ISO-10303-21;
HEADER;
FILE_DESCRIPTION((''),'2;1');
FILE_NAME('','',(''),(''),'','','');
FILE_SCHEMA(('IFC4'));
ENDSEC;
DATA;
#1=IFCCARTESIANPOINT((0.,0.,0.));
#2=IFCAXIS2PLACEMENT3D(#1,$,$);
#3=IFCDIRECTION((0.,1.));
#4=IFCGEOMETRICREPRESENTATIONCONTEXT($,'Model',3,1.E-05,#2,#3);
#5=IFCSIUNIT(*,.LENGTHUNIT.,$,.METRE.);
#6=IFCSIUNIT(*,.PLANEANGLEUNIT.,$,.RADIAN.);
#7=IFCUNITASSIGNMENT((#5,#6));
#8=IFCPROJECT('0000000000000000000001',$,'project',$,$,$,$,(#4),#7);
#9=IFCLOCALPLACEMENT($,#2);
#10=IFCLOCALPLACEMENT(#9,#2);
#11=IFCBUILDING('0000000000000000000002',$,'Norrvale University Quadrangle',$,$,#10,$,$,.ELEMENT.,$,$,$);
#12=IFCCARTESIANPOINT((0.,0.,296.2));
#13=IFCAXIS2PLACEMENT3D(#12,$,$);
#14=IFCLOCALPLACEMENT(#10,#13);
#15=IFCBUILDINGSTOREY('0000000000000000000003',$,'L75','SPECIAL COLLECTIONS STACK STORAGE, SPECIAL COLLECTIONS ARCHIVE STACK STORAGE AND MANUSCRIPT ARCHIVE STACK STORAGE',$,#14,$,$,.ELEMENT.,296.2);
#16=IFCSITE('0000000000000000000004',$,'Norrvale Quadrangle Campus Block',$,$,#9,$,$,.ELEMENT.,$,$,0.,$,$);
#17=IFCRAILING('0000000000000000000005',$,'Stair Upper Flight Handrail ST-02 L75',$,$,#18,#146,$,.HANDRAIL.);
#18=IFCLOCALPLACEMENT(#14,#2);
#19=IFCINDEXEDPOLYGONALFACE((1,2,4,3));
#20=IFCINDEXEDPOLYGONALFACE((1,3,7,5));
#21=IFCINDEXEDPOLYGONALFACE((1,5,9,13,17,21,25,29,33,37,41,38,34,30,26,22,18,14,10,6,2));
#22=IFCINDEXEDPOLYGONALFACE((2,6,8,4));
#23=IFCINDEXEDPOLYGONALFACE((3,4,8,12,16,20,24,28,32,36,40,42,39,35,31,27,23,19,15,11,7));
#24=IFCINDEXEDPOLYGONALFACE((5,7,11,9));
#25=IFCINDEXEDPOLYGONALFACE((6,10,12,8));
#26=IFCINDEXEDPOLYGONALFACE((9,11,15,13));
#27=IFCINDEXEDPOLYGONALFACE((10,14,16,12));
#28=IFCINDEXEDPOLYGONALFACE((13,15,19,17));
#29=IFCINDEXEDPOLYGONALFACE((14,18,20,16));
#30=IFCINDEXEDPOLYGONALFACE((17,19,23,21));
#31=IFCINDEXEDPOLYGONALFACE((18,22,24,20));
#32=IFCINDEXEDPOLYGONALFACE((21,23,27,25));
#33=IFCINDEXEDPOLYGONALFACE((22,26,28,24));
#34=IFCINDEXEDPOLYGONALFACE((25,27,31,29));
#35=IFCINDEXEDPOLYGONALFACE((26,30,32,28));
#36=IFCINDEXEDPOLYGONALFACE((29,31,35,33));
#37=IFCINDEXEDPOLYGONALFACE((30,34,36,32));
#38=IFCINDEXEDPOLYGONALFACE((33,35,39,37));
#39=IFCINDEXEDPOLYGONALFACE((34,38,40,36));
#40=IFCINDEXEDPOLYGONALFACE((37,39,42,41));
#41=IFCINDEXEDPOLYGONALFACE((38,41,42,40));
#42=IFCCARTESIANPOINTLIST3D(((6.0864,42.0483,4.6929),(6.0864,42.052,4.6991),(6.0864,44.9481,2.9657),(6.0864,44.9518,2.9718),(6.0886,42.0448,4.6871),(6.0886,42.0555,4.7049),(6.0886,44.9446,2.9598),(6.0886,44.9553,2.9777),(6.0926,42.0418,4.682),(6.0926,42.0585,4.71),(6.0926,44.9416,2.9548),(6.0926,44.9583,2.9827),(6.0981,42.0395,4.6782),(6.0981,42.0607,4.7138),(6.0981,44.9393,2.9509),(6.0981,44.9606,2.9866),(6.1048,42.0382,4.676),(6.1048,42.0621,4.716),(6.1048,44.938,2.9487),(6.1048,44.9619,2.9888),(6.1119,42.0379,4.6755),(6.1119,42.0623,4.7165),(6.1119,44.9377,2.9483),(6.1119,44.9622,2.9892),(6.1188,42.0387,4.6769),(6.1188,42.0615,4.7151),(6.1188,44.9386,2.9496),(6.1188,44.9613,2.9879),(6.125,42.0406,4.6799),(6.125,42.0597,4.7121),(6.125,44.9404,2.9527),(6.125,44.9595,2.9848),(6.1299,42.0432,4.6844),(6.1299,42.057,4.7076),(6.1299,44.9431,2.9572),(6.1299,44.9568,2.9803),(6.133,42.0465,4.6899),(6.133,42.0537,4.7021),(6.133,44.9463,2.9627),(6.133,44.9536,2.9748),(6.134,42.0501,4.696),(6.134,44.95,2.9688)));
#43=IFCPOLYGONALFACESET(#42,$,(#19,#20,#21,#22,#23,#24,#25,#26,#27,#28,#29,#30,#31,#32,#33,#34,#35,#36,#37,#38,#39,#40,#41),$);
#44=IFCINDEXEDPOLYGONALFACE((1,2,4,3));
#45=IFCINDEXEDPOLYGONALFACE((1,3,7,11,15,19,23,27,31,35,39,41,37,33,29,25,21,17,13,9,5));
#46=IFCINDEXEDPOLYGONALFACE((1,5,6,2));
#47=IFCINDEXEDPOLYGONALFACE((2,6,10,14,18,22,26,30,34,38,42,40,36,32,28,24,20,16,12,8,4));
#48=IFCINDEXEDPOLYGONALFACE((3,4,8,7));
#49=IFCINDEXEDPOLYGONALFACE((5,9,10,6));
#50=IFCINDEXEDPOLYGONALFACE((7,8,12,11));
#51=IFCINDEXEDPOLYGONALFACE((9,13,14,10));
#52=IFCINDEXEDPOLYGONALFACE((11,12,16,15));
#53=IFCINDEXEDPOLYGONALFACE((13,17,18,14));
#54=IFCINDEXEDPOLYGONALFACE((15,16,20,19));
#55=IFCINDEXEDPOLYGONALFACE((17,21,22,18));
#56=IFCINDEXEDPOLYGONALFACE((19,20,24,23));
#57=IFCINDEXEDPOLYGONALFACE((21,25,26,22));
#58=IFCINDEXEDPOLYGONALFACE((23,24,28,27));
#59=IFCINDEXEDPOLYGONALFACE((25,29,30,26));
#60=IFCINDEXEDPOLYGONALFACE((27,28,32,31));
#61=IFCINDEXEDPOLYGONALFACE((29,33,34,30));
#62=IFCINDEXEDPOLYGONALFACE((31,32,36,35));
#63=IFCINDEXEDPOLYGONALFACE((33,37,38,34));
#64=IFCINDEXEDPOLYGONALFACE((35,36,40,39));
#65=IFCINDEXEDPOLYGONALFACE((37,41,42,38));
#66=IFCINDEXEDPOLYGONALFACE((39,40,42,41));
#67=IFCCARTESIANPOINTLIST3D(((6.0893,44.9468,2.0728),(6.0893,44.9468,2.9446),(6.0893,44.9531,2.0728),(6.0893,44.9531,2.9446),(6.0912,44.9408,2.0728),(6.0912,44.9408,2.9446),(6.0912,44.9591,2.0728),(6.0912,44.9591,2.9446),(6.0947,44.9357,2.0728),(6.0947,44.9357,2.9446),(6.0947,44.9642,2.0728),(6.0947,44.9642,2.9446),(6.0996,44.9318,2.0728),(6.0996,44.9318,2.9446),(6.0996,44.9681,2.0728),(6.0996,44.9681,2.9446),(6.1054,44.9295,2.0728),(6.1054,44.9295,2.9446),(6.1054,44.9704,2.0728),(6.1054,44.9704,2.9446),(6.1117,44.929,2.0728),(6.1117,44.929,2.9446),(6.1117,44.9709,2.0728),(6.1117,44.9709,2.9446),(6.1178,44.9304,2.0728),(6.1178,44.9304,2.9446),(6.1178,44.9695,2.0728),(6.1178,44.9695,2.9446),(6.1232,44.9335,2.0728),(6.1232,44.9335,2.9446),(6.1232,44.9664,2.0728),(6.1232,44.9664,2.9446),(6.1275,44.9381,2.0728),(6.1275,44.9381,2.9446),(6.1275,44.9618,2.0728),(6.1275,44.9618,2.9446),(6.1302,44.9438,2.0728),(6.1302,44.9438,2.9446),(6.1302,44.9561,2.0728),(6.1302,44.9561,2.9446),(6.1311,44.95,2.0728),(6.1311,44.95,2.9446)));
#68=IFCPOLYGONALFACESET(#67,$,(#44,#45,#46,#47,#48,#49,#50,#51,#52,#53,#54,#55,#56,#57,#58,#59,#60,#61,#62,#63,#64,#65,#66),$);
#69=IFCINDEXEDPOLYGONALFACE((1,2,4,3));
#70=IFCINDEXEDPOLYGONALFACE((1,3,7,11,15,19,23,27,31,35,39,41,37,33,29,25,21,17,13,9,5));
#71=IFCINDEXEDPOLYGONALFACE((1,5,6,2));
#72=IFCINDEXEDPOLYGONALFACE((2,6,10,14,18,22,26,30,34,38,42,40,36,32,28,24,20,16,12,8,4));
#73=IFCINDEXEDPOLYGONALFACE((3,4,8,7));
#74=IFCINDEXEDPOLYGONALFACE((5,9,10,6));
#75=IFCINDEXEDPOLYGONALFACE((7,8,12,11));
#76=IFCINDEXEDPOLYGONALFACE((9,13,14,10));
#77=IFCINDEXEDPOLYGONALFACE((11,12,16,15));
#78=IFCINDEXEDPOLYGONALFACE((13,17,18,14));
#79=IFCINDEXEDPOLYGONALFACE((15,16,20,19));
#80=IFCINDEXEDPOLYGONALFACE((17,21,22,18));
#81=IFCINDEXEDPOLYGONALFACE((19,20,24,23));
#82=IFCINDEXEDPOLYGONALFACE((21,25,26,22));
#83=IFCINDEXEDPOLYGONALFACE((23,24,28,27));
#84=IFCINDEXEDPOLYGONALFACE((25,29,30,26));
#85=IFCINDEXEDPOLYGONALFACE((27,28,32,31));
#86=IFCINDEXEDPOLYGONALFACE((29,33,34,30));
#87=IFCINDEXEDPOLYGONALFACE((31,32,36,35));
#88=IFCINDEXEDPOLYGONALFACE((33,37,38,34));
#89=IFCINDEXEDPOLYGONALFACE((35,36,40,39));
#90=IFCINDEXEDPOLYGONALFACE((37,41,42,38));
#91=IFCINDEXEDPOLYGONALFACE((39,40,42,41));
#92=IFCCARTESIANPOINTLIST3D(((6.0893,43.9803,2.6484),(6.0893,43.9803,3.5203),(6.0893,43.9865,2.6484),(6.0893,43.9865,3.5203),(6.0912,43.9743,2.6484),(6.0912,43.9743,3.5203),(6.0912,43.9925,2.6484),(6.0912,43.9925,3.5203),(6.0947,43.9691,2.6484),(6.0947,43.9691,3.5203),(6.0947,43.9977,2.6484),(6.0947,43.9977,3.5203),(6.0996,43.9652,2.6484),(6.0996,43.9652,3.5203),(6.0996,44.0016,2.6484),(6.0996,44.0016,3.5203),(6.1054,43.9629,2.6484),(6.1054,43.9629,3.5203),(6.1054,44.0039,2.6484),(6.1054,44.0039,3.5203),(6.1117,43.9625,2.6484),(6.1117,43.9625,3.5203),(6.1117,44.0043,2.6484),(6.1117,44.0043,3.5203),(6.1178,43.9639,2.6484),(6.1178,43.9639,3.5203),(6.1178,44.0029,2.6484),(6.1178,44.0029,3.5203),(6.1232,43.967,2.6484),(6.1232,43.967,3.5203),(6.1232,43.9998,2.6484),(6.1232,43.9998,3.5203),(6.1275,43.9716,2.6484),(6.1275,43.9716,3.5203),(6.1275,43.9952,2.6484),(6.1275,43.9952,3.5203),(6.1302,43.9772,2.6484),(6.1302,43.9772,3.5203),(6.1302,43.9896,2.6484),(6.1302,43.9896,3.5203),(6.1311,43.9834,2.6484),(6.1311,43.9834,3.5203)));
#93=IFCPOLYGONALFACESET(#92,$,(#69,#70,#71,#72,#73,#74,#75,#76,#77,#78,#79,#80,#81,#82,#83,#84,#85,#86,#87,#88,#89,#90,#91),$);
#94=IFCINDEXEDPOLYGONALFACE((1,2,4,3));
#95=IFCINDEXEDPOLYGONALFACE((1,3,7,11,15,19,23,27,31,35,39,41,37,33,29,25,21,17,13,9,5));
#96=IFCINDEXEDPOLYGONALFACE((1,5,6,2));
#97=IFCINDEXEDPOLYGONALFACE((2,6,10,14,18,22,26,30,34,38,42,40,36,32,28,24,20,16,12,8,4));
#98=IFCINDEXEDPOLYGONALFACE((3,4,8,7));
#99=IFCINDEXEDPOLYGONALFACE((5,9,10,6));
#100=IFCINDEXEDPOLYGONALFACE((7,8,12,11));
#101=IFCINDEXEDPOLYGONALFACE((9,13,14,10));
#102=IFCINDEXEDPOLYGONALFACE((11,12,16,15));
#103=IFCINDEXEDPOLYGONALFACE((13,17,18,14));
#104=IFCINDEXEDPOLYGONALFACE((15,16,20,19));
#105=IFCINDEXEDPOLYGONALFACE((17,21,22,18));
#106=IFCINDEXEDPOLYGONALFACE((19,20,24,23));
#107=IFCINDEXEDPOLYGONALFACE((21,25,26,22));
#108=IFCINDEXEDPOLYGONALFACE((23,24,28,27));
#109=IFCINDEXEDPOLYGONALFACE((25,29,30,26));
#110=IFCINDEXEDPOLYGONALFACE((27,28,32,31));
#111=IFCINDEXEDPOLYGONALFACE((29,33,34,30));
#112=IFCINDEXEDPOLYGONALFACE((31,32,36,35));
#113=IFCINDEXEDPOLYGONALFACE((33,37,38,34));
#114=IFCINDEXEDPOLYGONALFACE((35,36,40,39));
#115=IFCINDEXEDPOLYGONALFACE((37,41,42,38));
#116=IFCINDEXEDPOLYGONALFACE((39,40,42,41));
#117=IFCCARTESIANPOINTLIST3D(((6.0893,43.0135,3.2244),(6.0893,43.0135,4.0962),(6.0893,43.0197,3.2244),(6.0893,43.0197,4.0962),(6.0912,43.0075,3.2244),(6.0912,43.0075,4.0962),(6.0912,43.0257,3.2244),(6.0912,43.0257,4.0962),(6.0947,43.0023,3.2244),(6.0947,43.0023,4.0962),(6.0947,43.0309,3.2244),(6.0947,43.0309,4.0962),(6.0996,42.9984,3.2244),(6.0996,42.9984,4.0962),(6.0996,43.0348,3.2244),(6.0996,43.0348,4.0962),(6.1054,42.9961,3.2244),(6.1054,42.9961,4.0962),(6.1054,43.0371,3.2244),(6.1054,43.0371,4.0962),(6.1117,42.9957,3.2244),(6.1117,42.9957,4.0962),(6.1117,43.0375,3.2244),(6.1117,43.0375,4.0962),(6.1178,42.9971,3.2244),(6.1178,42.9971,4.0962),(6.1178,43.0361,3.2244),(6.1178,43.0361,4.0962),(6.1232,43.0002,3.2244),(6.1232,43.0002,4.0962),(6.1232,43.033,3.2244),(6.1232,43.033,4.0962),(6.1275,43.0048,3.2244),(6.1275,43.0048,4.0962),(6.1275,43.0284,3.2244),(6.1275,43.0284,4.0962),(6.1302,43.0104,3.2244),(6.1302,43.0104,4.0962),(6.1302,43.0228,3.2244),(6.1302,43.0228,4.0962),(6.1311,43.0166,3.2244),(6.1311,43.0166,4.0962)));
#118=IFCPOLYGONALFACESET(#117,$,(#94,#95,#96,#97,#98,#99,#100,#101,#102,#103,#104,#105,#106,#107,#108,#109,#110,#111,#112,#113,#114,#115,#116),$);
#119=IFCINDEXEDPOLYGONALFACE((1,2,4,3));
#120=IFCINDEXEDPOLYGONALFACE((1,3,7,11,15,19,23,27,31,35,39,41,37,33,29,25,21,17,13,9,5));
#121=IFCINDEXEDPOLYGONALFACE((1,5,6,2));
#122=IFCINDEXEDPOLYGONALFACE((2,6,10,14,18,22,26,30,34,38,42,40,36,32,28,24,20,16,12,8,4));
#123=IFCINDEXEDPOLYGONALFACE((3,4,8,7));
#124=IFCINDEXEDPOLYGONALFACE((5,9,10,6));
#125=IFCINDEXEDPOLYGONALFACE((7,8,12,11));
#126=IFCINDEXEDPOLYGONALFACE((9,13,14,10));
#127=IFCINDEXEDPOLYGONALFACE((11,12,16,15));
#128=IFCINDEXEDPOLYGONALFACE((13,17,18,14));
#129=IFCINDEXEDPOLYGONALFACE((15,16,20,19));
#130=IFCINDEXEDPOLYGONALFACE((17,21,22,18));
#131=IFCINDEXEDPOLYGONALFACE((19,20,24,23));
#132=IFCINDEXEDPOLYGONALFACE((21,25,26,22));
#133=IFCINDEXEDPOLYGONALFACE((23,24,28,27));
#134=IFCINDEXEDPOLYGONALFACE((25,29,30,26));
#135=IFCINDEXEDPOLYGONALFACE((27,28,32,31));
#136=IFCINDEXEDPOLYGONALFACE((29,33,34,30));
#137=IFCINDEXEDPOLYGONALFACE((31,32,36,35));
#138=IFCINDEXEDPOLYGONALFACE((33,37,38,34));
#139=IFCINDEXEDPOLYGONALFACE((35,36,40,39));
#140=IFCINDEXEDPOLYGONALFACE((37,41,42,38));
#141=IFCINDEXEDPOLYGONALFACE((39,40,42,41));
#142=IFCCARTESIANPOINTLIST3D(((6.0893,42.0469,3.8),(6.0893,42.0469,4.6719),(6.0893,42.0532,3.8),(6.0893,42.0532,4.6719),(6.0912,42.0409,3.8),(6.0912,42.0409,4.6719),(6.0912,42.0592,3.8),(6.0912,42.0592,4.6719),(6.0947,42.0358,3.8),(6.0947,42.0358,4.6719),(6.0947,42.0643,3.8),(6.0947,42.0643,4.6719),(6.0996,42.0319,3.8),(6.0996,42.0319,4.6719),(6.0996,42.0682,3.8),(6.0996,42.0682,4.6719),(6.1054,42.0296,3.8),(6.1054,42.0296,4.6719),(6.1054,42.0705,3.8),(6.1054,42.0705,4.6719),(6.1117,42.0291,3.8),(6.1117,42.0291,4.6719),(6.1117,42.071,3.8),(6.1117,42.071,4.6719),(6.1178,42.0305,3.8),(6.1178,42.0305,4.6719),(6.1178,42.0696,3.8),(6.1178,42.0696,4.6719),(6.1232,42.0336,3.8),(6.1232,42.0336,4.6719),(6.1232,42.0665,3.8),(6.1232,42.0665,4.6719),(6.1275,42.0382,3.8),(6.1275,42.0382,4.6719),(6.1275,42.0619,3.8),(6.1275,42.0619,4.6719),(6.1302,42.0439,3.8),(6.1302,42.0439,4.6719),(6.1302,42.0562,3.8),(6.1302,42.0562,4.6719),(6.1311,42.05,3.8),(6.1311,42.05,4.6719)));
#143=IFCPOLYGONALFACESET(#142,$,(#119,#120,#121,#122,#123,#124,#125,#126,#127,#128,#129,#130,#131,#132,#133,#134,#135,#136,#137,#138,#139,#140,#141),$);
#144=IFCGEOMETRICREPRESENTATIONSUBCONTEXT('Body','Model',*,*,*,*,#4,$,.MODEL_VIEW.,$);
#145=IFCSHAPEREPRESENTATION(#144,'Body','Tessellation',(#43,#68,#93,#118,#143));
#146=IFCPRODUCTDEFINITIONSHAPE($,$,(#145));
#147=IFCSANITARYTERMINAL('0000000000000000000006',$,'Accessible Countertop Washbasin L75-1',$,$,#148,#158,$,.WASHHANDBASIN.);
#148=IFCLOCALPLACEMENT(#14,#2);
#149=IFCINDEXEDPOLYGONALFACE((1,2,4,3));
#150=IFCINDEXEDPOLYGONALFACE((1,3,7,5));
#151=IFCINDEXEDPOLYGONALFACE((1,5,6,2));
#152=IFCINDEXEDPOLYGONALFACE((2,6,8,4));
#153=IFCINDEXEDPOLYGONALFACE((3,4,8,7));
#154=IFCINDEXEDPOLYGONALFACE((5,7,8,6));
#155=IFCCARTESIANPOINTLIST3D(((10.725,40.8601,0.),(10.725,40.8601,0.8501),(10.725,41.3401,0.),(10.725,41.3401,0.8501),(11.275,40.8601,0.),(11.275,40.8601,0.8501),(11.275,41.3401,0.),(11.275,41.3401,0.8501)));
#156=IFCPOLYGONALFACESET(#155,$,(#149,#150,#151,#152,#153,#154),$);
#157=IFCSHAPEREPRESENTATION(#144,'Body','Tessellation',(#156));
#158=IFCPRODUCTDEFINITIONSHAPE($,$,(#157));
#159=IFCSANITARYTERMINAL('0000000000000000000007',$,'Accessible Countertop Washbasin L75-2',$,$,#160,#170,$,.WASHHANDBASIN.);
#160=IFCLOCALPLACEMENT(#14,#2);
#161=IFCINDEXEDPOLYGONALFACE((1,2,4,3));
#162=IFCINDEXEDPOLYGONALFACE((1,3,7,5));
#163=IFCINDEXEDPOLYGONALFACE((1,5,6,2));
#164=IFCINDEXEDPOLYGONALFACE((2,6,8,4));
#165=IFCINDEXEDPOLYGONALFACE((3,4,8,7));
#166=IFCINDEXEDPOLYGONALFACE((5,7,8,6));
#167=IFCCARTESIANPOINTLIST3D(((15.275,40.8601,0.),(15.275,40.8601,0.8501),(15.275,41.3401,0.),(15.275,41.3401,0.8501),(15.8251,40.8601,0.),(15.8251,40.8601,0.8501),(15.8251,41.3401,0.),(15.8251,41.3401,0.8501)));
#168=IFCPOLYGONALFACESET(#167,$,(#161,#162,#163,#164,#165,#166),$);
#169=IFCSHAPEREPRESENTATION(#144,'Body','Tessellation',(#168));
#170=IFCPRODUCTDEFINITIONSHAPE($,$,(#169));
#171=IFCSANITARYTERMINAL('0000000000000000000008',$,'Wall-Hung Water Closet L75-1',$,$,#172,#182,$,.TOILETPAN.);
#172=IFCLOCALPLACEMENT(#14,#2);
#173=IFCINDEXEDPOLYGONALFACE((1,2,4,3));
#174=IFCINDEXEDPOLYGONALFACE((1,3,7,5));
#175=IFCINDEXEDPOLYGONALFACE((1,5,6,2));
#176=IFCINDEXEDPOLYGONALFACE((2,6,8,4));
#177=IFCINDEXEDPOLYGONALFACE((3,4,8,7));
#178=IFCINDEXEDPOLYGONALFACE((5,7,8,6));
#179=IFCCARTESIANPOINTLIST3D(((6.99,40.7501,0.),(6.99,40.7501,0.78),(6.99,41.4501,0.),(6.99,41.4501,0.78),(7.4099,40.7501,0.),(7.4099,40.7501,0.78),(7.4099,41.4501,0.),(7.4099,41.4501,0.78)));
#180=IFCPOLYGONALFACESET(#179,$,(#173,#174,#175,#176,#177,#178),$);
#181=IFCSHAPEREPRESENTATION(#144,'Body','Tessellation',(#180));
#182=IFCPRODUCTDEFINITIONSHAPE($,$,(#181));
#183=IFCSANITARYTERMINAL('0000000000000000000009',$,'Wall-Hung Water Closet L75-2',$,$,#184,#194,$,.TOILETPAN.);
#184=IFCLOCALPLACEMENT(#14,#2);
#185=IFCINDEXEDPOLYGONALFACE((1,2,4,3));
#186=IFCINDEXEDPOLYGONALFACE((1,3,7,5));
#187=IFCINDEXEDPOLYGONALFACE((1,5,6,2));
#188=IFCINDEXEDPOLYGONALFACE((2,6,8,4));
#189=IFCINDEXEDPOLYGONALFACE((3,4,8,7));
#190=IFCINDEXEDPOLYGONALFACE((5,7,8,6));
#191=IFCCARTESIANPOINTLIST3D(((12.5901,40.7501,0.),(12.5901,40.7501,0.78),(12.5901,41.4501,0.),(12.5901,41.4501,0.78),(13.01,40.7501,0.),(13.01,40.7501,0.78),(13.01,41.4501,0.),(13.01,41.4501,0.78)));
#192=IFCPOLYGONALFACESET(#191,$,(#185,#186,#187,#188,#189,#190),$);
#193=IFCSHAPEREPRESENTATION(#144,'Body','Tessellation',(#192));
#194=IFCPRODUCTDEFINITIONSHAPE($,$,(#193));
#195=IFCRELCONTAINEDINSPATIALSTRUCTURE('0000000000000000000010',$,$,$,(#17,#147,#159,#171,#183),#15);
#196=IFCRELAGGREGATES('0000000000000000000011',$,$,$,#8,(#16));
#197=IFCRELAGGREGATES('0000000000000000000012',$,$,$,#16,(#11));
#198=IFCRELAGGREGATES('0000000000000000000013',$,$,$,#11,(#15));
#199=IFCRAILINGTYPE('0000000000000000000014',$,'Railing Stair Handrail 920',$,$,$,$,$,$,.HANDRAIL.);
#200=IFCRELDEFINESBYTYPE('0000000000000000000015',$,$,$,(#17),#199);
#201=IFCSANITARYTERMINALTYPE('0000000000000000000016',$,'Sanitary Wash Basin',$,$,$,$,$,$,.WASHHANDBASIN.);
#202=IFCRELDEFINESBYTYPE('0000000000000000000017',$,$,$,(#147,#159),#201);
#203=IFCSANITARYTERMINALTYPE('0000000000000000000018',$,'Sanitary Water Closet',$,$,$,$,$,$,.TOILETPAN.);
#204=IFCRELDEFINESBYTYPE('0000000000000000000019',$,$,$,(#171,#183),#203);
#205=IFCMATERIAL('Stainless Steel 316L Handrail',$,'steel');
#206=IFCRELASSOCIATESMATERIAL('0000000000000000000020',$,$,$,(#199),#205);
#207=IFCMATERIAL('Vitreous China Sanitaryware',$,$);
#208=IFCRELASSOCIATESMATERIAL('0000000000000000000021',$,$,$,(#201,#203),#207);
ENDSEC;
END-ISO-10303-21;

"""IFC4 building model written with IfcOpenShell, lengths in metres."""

from ifc_helpers import new_model, si_unit, direction, frame, origin, origin_2d, place, context, subcontext, project, spatial, rectangle, circle, extrude, material, type_object, element, save


model = new_model("IFC4")

# Units and contexts
model_context = context("Model", 3, precision=1e-05, world=origin(), true_north=direction((0.0, 1.0)))
body_context = subcontext(model_context, "Body", "Model", "MODEL_VIEW")
ifc_project = project(units=[si_unit("LENGTHUNIT", "METRE"), si_unit("PLANEANGLEUNIT", "RADIAN")], contexts=[model_context])

# Site, building, storey
site_placement = place(None, origin())
site = spatial("IfcSite", under=ifc_project, at=site_placement, Name="Norrvale Quadrangle Campus Block", CompositionType="ELEMENT", RefElevation=0.0)
building_placement = place(site_placement, origin())
building = spatial("IfcBuilding", under=site, at=building_placement, Name="Norrvale University Quadrangle", CompositionType="ELEMENT")
storey_placement = place(building_placement, frame((0.0, 0.0, 296.2)))
storey = spatial("IfcBuildingStorey", under=building, at=storey_placement, Name="L75", Description="SPECIAL COLLECTIONS STACK STORAGE, SPECIAL COLLECTIONS ARCHIVE STACK STORAGE AND MANUSCRIPT ARCHIVE STACK STORAGE", CompositionType="ELEMENT", Elevation=296.2)

# Railing
ifc_material_1 = material(Name="Stainless Steel 316L Handrail", Category="steel")
railing_type_1 = type_object("IfcRailingType", Name="Railing Stair Handrail 920", PredefinedType="HANDRAIL", material=ifc_material_1)
railing_1_placement = place(storey_placement, frame((6.1101, 44.95, 2.0728)))
element("IfcRailing", 1, at=railing_1_placement, inside=storey, type_object=railing_type_1, Name="Stair Upper Flight Handrail ST-02 L75", PredefinedType="HANDRAIL", context=body_context, shape_type="SweptSolid", body=[
    extrude(circle(Radius=0.0239, at=origin_2d()), frame((0.0, 0.0, 0.896), z_axis=(0.0, -0.859141, 0.511738), x_axis=(1.0, 0.0, 0.0)), (0.0, 0.0, 1.0), 3.3752),
    extrude(circle(Radius=0.021, at=origin_2d()), origin(), (0.0, 0.0, 1.0), 0.8718),
    extrude(circle(Radius=0.021, at=origin_2d()), frame((0.0, -0.9666, 0.5757)), (0.0, 0.0, 1.0), 0.8718),
    extrude(circle(Radius=0.021, at=origin_2d()), frame((0.0, -1.9333, 1.1516)), (0.0, 0.0, 1.0), 0.8718),
    extrude(circle(Radius=0.021, at=origin_2d()), frame((0.0, -2.8999, 1.7273)), (0.0, 0.0, 1.0), 0.8718),
])

# Sanitary terminals
ifc_material_2 = material(Name="Vitreous China Sanitaryware")
sanitary_terminal_type_1 = type_object("IfcSanitaryTerminalType", Name="Sanitary Wash Basin", PredefinedType="WASHHANDBASIN", material=ifc_material_2)
for number, where, z_axis, x_axis, name in (
    (2, (11.0, 41.1001, 0.0), (0.0, 0.0, 1.0), (1.0, 0.0, 0.0), "Accessible Countertop Washbasin L75-1"),
    (3, (15.55, 41.1001, 0.0), (0.0, 0.0, 1.0), (1.0, 0.0, 0.0), "Accessible Countertop Washbasin L75-2"),
):
    element("IfcSanitaryTerminal", number, at=place(storey_placement, frame(where, z_axis=z_axis, x_axis=x_axis)), inside=storey, type_object=sanitary_terminal_type_1, Name=name, PredefinedType="WASHHANDBASIN", context=body_context, shape_type="SweptSolid", body=[
        extrude(rectangle(XDim=0.55, YDim=0.48, at=origin_2d()), origin(), (0.0, 0.0, 1.0), 0.8501),
    ])
sanitary_terminal_type_2 = type_object("IfcSanitaryTerminalType", Name="Sanitary Water Closet", PredefinedType="TOILETPAN", material=ifc_material_2)
for number, where, z_axis, x_axis, name in (
    (4, (7.2, 41.1001, 0.0), (0.0, 0.0, 1.0), (1.0, 0.0, 0.0), "Wall-Hung Water Closet L75-1"),
    (5, (12.8, 41.1001, 0.0), (0.0, 0.0, 1.0), (1.0, 0.0, 0.0), "Wall-Hung Water Closet L75-2"),
):
    element("IfcSanitaryTerminal", number, at=place(storey_placement, frame(where, z_axis=z_axis, x_axis=x_axis)), inside=storey, type_object=sanitary_terminal_type_2, Name=name, PredefinedType="TOILETPAN", context=body_context, shape_type="SweptSolid", body=[
        extrude(rectangle(XDim=0.4199, YDim=0.7, at=origin_2d()), origin(), (0.0, 0.0, 1.0), 0.78),
    ])

save(model, "model.ifc")
